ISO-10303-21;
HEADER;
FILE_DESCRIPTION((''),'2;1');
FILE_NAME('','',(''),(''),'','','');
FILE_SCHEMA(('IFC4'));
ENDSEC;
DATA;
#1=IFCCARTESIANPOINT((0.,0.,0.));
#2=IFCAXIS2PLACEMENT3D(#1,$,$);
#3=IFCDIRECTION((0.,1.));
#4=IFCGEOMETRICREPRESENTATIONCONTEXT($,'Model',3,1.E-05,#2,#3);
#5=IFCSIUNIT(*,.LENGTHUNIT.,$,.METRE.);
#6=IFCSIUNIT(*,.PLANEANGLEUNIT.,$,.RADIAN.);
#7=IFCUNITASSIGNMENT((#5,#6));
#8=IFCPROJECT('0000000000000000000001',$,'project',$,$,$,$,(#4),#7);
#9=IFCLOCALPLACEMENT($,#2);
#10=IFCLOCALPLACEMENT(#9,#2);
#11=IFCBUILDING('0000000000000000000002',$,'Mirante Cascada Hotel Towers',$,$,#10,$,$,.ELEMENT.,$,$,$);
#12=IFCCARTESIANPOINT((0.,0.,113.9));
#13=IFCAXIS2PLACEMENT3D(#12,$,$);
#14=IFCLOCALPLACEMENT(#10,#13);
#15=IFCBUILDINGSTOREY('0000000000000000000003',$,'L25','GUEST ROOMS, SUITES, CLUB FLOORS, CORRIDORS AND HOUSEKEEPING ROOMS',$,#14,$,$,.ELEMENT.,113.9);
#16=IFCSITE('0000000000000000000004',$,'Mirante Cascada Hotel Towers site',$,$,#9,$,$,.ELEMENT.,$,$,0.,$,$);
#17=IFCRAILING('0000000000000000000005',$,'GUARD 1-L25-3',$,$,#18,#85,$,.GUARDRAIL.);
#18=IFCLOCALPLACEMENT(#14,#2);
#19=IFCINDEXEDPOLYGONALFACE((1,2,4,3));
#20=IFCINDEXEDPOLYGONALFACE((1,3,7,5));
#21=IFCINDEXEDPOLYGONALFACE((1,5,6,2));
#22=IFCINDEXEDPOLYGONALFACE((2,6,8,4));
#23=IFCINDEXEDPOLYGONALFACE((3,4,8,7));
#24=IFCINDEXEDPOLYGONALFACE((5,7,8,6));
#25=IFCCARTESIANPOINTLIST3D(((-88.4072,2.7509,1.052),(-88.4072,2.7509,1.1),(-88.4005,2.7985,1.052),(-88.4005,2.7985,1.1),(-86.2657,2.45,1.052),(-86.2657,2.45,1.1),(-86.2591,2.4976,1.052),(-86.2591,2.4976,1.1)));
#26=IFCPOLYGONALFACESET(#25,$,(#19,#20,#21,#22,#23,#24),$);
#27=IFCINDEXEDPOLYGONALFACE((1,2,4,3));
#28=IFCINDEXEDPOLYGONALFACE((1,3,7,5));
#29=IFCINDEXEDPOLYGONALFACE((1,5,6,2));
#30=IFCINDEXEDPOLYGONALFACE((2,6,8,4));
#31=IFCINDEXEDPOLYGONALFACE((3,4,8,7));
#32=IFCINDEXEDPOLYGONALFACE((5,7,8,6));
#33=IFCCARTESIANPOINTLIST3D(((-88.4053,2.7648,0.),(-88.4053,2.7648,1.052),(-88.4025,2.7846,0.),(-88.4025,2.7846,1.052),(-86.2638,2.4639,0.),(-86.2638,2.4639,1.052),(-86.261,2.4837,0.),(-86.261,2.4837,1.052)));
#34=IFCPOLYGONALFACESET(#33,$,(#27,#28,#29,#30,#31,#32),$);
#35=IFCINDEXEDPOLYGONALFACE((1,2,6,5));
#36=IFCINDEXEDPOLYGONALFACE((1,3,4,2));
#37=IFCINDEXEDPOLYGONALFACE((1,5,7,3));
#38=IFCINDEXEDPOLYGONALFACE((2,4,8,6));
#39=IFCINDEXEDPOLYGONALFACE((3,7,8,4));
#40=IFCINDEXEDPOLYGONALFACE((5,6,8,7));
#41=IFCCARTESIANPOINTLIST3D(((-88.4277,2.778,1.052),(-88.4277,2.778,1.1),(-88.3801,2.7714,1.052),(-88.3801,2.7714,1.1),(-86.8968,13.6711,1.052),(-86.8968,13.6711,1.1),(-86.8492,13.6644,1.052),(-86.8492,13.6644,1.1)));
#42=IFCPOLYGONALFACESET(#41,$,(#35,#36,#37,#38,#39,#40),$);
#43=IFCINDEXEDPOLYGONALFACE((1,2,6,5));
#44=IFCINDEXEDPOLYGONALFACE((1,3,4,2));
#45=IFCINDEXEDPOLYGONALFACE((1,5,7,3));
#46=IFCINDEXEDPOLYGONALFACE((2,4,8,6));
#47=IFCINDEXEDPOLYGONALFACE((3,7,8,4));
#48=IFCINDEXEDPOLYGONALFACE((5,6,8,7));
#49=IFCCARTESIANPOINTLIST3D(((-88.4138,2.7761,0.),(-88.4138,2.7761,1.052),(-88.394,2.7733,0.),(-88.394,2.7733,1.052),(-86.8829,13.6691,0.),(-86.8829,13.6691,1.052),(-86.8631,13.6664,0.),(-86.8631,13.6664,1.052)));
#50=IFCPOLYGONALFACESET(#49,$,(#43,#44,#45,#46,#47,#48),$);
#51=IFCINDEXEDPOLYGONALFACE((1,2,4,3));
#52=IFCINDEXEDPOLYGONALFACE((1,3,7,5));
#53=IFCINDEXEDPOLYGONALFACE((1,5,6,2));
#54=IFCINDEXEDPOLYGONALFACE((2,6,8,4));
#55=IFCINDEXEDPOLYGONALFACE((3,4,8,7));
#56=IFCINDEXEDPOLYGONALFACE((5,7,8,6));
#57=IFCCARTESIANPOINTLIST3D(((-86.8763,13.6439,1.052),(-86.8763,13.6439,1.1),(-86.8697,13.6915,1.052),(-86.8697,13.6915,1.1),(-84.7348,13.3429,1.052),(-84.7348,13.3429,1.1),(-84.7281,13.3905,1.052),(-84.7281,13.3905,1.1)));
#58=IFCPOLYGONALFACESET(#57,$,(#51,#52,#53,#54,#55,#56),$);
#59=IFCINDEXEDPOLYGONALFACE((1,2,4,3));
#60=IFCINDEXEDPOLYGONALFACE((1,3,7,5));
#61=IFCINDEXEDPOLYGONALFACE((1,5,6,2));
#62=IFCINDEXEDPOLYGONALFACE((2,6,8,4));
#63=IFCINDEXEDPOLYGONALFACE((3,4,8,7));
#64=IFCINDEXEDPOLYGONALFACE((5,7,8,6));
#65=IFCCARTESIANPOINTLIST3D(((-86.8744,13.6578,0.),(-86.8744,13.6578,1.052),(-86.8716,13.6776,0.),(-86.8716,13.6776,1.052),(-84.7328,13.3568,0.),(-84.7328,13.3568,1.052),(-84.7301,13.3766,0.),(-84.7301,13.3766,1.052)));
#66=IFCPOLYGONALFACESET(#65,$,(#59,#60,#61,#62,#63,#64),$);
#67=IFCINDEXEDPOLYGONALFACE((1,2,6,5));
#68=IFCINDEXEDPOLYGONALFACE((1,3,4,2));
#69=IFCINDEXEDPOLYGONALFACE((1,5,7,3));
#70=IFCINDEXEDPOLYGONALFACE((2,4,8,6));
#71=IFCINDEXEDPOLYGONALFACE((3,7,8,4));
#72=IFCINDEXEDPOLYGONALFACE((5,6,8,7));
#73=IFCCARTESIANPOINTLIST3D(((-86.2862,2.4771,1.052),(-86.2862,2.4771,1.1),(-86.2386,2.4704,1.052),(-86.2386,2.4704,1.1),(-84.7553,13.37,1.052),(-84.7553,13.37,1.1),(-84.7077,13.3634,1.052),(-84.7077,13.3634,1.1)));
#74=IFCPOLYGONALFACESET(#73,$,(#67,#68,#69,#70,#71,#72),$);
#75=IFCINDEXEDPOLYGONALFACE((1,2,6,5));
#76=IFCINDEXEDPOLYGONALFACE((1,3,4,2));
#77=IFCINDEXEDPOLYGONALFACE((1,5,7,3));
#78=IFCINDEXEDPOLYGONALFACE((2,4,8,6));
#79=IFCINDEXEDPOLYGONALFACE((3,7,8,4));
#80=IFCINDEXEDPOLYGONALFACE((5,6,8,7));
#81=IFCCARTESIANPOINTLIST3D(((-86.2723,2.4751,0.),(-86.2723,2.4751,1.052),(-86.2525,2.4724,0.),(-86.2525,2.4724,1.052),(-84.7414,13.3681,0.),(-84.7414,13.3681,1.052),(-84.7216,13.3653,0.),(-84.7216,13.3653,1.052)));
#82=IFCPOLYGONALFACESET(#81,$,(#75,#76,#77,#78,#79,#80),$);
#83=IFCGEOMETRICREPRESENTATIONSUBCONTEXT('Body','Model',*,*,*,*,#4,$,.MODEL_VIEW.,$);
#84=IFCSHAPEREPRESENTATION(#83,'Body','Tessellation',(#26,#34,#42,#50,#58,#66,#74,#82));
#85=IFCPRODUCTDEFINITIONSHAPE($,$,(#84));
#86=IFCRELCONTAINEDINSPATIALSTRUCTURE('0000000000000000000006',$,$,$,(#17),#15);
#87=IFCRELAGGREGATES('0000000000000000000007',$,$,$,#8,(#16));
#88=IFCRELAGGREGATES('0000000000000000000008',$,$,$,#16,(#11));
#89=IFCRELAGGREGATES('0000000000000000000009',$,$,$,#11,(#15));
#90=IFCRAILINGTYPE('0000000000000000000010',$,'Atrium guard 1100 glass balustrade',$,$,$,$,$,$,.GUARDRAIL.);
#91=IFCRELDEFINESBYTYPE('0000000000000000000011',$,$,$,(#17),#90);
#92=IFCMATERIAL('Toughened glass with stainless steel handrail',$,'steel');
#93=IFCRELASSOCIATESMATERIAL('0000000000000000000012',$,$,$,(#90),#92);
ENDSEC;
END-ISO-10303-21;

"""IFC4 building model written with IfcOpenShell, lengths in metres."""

from ifc_helpers import new_model, si_unit, direction, frame, origin, origin_2d, place, context, subcontext, project, spatial, rectangle, extrude, material, type_object, element, save


model = new_model("IFC4")

# Units and contexts
model_context = context("Model", 3, precision=1e-05, world=origin(), true_north=direction((0.0, 1.0)))
body_context = subcontext(model_context, "Body", "Model", "MODEL_VIEW")
ifc_project = project(units=[si_unit("LENGTHUNIT", "METRE"), si_unit("PLANEANGLEUNIT", "RADIAN")], contexts=[model_context])

# Site, building, storey
site_placement = place(None, origin())
site = spatial("IfcSite", under=ifc_project, at=site_placement, Name="Mirante Cascada Hotel Towers site", CompositionType="ELEMENT", RefElevation=0.0)
building_placement = place(site_placement, origin())
building = spatial("IfcBuilding", under=site, at=building_placement, Name="Mirante Cascada Hotel Towers", CompositionType="ELEMENT")
storey_placement = place(building_placement, frame((0.0, 0.0, 113.9)))
storey = spatial("IfcBuildingStorey", under=building, at=storey_placement, Name="L25", Description="GUEST ROOMS, SUITES, CLUB FLOORS, CORRIDORS AND HOUSEKEEPING ROOMS", CompositionType="ELEMENT", Elevation=113.9)

# Railing
ifc_material_1 = material(Name="Toughened glass with stainless steel handrail", Category="steel")
railing_type = type_object("IfcRailingType", Name="Atrium guard 1100 glass balustrade", PredefinedType="GUARDRAIL", material=ifc_material_1)
railing_placement = place(storey_placement, frame((-86.2624, 2.4738, 0.0)))
element("IfcRailing", 1, at=railing_placement, inside=storey, type_object=railing_type, Name="GUARD 1-L25-3", PredefinedType="GUARDRAIL", context=body_context, shape_type="SweptSolid", body=[
    extrude(rectangle(XDim=0.048, YDim=0.048, at=origin_2d()), frame((0.0, 0.0, 1.076), z_axis=(-0.990272, 0.139142, 0.0), x_axis=(-0.139142, -0.990272, 0.0)), (0.0, 0.0, 1.0), 2.1625),
    extrude(rectangle(XDim=0.02, YDim=1.052, at=origin_2d()), frame((0.0, 0.0, 0.526), z_axis=(-0.990272, 0.139142, 0.0), x_axis=(-0.139142, -0.990272, 0.0)), (0.0, 0.0, 1.0), 2.1625),
    extrude(rectangle(XDim=0.048, YDim=0.048, at=origin_2d()), frame((-2.1415, 0.3009, 1.076), z_axis=(0.139172, 0.990268, 0.0), x_axis=(-0.990268, 0.139172, 0.0)), (0.0, 0.0, 1.0), 11.0001),
    extrude(rectangle(XDim=0.02, YDim=1.052, at=origin_2d()), frame((-2.1415, 0.3009, 0.526), z_axis=(0.139172, 0.990268, 0.0), x_axis=(-0.990268, 0.139172, 0.0)), (0.0, 0.0, 1.0), 11.0001),
    extrude(rectangle(XDim=0.048, YDim=0.048, at=origin_2d()), frame((-0.6106, 11.1939, 1.076), z_axis=(0.990266, -0.139187, 0.0), x_axis=(0.139187, 0.990266, 0.0)), (0.0, 0.0, 1.0), 2.1626),
    extrude(rectangle(XDim=0.02, YDim=1.052, at=origin_2d()), frame((-0.6106, 11.1939, 0.526), z_axis=(0.990266, -0.139187, 0.0), x_axis=(0.139187, 0.990266, 0.0)), (0.0, 0.0, 1.0), 2.1626),
    extrude(rectangle(XDim=0.048, YDim=0.048, at=origin_2d()), frame((1.5309, 10.8929, 1.076), z_axis=(-0.139173, -0.990268, 0.0), x_axis=(0.990268, -0.139173, 0.0)), (0.0, 0.0, 1.0), 11.0),
    extrude(rectangle(XDim=0.02, YDim=1.052, at=origin_2d()), frame((1.5309, 10.8929, 0.526), z_axis=(-0.139173, -0.990268, 0.0), x_axis=(0.990268, -0.139173, 0.0)), (0.0, 0.0, 1.0), 11.0),
])

save(model, "model.ifc")
